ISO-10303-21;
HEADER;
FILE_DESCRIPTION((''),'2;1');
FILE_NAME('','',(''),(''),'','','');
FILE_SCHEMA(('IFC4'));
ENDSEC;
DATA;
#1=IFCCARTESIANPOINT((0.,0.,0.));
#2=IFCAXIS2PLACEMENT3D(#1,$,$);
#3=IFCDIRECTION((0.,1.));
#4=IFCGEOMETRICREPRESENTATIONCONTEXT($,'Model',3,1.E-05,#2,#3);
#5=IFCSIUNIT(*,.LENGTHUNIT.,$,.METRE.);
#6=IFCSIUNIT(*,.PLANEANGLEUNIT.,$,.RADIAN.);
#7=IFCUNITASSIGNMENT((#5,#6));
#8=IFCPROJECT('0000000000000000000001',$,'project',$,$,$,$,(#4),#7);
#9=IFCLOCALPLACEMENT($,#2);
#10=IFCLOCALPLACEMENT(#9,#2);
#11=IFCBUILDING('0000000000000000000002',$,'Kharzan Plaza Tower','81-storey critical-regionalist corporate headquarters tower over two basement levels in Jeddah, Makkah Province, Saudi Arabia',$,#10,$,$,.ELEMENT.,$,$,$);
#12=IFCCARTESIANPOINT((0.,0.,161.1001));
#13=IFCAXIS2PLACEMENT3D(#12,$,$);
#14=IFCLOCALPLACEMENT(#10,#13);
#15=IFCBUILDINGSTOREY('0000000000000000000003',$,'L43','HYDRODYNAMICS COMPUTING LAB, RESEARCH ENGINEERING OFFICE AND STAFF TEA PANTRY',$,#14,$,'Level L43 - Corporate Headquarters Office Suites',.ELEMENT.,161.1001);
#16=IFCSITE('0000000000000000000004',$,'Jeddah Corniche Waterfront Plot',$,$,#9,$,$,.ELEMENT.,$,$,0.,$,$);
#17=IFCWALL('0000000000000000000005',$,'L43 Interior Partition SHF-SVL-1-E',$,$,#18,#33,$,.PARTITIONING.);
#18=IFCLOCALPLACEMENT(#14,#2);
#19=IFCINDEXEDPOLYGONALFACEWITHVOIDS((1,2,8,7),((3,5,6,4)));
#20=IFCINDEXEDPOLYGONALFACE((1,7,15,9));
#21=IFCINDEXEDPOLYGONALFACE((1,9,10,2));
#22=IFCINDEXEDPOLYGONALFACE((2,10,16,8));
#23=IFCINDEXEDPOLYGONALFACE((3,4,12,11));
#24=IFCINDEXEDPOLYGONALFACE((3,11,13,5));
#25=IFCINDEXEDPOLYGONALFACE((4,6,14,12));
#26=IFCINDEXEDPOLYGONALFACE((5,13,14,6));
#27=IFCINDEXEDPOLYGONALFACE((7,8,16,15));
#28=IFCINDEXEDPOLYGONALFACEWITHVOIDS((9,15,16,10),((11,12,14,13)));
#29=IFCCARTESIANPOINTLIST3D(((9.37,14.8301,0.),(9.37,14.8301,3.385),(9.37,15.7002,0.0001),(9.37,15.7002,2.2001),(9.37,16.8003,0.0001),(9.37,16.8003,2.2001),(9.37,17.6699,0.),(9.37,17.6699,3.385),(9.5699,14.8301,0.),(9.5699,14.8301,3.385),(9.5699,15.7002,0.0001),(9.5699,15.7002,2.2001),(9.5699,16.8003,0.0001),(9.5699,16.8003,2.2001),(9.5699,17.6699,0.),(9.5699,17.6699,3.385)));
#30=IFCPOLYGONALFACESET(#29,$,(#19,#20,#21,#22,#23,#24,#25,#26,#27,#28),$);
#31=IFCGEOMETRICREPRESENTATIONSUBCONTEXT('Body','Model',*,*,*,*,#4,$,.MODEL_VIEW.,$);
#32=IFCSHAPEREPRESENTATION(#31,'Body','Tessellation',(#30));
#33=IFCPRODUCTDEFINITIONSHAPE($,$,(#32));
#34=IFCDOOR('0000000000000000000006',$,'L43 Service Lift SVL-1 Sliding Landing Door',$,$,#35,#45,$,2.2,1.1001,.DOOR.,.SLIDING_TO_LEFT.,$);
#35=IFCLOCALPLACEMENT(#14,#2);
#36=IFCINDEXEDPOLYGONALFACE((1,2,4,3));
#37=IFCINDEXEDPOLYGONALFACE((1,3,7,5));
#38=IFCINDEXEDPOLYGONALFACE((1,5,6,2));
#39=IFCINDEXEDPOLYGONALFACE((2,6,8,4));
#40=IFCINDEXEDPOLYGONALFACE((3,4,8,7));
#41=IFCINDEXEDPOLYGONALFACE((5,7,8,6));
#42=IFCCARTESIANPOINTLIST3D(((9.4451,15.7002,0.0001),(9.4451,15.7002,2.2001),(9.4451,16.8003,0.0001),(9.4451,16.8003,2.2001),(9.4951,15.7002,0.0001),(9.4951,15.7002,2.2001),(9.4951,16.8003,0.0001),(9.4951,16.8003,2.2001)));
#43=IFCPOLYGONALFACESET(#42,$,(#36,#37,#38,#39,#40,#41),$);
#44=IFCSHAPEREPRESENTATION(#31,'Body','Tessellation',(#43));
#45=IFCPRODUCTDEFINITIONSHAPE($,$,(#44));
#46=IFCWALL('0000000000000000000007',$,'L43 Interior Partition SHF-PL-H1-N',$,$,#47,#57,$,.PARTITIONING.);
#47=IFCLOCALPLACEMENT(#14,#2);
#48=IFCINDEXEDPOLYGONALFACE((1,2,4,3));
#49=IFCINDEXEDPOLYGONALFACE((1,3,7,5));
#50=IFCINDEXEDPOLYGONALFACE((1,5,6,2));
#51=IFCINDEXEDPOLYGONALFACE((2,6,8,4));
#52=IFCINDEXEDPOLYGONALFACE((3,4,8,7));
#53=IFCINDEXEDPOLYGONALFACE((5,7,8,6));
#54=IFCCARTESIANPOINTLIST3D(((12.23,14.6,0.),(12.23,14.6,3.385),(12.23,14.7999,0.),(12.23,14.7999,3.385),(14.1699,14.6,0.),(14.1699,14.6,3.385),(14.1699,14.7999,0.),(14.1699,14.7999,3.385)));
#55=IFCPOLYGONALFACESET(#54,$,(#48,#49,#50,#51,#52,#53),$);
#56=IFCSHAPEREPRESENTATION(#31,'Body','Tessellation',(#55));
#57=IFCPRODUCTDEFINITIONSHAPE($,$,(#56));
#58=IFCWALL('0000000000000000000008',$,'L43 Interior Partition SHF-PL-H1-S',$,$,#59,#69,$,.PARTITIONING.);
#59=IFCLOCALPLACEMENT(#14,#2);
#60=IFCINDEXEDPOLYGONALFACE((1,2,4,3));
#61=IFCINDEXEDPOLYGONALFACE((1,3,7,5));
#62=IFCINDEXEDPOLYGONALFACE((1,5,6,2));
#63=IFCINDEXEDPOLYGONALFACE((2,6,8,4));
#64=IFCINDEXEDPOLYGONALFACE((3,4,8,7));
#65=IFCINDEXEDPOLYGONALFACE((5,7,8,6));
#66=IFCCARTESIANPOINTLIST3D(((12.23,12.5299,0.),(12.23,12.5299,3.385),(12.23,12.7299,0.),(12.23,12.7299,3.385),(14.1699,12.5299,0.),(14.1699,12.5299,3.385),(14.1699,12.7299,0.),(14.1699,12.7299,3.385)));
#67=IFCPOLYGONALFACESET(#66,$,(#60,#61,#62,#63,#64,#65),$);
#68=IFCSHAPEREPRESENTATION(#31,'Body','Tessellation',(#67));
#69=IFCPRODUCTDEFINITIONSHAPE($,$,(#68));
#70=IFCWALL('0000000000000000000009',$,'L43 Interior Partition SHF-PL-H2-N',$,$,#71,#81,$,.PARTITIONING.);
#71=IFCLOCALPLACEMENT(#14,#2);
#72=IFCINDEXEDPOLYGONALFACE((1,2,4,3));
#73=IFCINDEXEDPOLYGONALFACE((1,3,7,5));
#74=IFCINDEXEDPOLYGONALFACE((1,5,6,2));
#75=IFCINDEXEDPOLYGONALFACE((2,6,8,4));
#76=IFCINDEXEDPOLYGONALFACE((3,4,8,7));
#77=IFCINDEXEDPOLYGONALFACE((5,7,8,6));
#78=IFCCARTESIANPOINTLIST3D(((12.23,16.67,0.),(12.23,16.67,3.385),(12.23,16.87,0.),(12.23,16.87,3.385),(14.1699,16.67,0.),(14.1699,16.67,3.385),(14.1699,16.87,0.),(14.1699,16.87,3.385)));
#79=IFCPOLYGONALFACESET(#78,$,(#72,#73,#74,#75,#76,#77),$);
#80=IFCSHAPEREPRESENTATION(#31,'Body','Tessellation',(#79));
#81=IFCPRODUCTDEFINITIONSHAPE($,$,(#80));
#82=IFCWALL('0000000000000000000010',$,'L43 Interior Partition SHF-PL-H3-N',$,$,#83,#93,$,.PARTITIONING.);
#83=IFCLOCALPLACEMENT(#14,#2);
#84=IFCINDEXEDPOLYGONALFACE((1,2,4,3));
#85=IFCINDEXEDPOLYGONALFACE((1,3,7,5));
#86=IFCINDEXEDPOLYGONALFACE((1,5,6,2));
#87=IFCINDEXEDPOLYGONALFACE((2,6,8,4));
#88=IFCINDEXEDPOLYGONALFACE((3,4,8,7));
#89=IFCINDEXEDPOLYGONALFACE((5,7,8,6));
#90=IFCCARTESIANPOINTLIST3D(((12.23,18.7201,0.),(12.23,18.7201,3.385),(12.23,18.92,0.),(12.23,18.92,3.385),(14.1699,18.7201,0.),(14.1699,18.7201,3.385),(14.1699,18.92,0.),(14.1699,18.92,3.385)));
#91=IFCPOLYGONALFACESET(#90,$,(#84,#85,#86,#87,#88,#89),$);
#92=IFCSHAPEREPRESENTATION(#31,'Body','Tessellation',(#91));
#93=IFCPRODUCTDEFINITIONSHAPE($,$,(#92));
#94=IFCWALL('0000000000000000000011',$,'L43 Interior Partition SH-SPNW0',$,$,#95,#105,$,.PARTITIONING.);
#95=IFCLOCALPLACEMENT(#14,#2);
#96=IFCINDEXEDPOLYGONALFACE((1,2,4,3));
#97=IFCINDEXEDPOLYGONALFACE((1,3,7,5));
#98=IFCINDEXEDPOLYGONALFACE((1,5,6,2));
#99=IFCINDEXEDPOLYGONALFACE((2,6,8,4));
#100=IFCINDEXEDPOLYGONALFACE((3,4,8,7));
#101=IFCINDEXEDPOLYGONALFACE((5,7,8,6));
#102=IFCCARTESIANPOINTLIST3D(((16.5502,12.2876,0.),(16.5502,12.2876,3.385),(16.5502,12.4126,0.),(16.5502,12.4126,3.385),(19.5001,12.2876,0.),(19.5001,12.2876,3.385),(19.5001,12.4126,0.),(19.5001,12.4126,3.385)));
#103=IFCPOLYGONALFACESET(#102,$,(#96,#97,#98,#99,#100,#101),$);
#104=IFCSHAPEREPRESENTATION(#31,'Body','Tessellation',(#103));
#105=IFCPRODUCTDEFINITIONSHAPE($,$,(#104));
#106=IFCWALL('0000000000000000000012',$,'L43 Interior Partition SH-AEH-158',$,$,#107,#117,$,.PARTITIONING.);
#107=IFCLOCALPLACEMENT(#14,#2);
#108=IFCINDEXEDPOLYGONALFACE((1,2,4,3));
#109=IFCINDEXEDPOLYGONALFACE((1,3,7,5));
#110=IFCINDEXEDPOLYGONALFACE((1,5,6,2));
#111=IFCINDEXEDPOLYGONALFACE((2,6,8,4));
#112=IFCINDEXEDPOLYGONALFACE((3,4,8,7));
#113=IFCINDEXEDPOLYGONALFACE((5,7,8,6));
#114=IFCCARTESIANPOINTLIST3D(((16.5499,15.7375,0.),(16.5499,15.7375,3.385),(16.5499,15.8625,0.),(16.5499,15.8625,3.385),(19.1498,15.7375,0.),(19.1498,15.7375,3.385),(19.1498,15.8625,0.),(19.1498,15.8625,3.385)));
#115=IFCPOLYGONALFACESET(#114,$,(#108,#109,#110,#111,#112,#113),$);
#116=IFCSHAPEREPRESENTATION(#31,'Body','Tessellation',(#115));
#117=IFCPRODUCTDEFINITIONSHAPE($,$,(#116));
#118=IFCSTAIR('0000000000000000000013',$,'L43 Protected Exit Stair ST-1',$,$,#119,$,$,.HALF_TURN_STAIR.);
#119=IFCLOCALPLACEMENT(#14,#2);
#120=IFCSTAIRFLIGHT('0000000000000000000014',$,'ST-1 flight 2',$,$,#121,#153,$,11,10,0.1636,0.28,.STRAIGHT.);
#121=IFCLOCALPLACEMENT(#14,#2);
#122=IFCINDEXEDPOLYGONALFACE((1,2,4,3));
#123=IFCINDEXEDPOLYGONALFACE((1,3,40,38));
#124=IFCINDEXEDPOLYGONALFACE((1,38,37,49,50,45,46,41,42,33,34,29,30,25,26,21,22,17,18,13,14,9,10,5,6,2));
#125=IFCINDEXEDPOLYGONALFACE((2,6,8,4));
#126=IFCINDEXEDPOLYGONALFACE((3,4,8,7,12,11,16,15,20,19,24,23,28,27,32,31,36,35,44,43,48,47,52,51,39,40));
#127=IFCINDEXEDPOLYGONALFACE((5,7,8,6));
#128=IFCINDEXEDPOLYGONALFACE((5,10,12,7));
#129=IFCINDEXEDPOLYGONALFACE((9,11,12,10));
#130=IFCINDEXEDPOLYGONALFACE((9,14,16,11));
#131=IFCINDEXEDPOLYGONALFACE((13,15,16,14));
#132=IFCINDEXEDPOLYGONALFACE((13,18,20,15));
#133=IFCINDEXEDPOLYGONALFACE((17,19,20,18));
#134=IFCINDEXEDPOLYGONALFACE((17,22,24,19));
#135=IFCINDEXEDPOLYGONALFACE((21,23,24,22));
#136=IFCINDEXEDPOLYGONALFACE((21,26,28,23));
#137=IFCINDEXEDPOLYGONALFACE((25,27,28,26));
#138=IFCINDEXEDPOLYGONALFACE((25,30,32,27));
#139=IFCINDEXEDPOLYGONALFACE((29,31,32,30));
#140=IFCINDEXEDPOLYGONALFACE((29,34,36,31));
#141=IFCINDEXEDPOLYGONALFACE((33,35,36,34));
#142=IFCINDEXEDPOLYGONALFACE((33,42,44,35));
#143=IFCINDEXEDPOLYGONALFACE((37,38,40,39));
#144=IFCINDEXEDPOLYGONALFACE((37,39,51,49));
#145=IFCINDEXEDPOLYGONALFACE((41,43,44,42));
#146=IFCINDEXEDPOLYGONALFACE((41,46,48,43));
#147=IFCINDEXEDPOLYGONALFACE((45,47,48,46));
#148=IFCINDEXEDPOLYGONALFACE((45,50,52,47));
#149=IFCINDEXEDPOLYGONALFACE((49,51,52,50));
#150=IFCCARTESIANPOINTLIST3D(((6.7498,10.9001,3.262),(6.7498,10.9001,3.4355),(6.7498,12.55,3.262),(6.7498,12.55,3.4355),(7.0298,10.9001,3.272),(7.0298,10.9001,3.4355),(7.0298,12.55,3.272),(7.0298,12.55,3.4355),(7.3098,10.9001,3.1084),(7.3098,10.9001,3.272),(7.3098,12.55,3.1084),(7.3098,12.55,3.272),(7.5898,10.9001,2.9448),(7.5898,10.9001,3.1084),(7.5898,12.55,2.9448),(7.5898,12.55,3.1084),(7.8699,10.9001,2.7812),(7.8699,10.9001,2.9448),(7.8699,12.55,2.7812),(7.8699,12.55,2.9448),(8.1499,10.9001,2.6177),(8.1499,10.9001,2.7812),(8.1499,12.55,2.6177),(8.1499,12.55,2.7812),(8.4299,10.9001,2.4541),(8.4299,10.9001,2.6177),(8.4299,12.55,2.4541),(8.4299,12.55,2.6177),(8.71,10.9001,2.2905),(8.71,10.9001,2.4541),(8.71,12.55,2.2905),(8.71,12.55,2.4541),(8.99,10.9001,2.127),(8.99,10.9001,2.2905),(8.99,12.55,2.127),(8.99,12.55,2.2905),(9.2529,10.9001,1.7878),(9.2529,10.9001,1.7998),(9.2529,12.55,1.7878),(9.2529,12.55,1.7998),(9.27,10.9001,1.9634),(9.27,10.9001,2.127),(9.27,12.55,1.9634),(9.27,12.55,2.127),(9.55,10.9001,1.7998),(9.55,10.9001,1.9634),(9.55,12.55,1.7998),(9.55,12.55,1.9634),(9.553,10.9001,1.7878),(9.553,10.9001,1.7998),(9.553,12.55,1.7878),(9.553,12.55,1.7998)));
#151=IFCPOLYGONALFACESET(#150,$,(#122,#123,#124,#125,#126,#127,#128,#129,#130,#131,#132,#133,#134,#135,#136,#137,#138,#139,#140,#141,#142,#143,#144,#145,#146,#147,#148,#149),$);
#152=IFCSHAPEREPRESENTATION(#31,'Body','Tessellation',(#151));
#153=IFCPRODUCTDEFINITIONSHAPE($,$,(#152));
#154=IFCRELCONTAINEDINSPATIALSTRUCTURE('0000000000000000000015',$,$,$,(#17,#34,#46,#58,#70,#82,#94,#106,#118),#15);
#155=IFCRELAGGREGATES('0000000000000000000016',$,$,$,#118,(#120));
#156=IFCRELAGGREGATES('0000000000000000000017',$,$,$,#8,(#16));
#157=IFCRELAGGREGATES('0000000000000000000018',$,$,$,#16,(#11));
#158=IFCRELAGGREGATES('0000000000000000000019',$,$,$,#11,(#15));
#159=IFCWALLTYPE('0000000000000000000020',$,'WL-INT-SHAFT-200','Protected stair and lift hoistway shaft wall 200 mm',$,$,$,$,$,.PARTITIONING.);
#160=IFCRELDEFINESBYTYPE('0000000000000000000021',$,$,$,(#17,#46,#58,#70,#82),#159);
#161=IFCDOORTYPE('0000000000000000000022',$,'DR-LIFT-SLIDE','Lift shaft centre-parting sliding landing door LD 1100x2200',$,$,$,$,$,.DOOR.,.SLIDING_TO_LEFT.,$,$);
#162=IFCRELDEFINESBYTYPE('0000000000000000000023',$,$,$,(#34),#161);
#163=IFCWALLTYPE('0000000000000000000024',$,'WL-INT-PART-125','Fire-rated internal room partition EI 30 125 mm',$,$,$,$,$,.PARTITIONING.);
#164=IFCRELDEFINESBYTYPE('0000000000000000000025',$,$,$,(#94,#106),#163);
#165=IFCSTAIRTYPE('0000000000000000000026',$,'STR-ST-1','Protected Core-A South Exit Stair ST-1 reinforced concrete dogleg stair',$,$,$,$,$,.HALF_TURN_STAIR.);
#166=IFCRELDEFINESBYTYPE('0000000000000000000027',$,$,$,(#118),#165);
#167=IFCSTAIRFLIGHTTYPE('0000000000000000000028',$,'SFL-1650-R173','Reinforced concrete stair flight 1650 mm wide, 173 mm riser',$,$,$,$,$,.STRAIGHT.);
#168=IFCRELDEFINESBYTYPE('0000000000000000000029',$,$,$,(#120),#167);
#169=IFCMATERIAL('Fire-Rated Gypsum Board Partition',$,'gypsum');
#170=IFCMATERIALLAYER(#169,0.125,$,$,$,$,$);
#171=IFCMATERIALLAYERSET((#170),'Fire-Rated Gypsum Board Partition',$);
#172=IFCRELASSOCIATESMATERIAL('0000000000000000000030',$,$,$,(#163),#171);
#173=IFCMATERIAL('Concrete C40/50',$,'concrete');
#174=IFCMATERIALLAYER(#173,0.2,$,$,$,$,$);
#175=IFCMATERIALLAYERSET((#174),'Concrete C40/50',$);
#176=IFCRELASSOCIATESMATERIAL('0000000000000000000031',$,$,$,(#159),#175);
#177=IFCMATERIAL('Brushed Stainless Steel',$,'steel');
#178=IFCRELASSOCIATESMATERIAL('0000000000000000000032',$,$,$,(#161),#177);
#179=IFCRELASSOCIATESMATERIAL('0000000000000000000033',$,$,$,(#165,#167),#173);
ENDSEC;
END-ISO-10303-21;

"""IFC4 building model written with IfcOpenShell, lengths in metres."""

from ifc_helpers import new_model, si_unit, direction, frame, frame_2d, origin, place, context, subcontext, project, spatial, polyline, rectangle, outline, extrude, source, transform, mapped, material, layer, layer_set, type_object, element, fill, aggregate, save


model = new_model("IFC4")

# Units and contexts
model_context = context("Model", 3, precision=1e-05, world=origin(), true_north=direction((0.0, 1.0)))
body_context = subcontext(model_context, "Body", "Model", "MODEL_VIEW")
ifc_project = project(units=[si_unit("LENGTHUNIT", "METRE"), si_unit("PLANEANGLEUNIT", "RADIAN")], contexts=[model_context])

# Site, building, storey
site_placement = place(None, origin())
site = spatial("IfcSite", under=ifc_project, at=site_placement, Name="Jeddah Corniche Waterfront Plot", CompositionType="ELEMENT", RefElevation=0.0)
building_placement = place(site_placement, origin())
building = spatial("IfcBuilding", under=site, at=building_placement, Name="Kharzan Plaza Tower", Description="81-storey critical-regionalist corporate headquarters tower over two basement levels in Jeddah, Makkah Province, Saudi Arabia", CompositionType="ELEMENT")
storey_placement = place(building_placement, frame((0.0, 0.0, 161.1001)))
storey = spatial("IfcBuildingStorey", under=building, at=storey_placement, Name="L43", Description="HYDRODYNAMICS COMPUTING LAB, RESEARCH ENGINEERING OFFICE AND STAFF TEA PANTRY", LongName="Level L43 - Corporate Headquarters Office Suites", CompositionType="ELEMENT", Elevation=161.1001)

# Wall, opening, door
ifc_material_1 = material(Name="Fire-Rated Gypsum Board Partition", Category="gypsum")
ifc_layer_1 = layer(ifc_material_1, 0.125)
ifc_layer_set_1 = layer_set([ifc_layer_1], Name="Fire-Rated Gypsum Board Partition")
wall_type_1 = type_object("IfcWallType", Name="WL-INT-PART-125", Description="Fire-rated internal room partition EI 30 125 mm", PredefinedType="PARTITIONING", material=ifc_layer_set_1)
ifc_material_2 = material(Name="Concrete C40/50", Category="concrete")
ifc_layer_2 = layer(ifc_material_2, 0.2)
ifc_layer_set_2 = layer_set([ifc_layer_2], Name="Concrete C40/50")
wall_type_2 = type_object("IfcWallType", Name="WL-INT-SHAFT-200", Description="Protected stair and lift hoistway shaft wall 200 mm", PredefinedType="PARTITIONING", material=ifc_layer_set_2)
ifc_material_3 = material(Name="Brushed Stainless Steel", Category="steel")
door_type_1 = type_object("IfcDoorType", Name="DR-LIFT-SLIDE", Description="Lift shaft centre-parting sliding landing door LD 1100x2200", OperationType="SLIDING_TO_LEFT", PredefinedType="DOOR", material=ifc_material_3)
shared_shape_1 = source(origin(), body_context, "Body", "SweptSolid", [
    extrude(rectangle(XDim=1.1001, YDim=2.2, at=frame_2d((0.55, 1.1001))), frame((0.0, 0.0249, 0.0), z_axis=(0.0, -1.0, 0.0), x_axis=(1.0, 0.0, 0.0)), (0.0, 0.0, 1.0), 0.05),
])
wall_1_placement = place(storey_placement, frame((9.47, 14.8301, 0.0), z_axis=(0.0, 0.0, 1.0), x_axis=(0.0, 1.0, 0.0)))
wall_1 = element("IfcWall", 1, at=wall_1_placement, inside=storey, type_object=wall_type_2, Name="L43 Interior Partition SHF-SVL-1-E", PredefinedType="PARTITIONING", context=body_context, shape_type="SweptSolid", body=[
    extrude(rectangle(XDim=2.8398, YDim=0.2, at=frame_2d((1.4199, 0.0))), origin(), (0.0, 0.0, 1.0), 3.385),
])
opening_1_placement = place(wall_1_placement, frame((0.8701, 0.0, 0.0)))
opening_1 = element("IfcOpeningElement", 2, at=opening_1_placement, cuts=wall_1, PredefinedType="OPENING", context=body_context, shape_type="SweptSolid", body=[
    extrude(rectangle(XDim=1.1001, YDim=2.2, at=frame_2d((0.55, 1.1001))), frame((0.0, 0.1099, 0.0), z_axis=(0.0, -1.0, 0.0), x_axis=(1.0, 0.0, 0.0)), (0.0, 0.0, 1.0), 0.22),
])
door_1_placement = place(opening_1_placement, origin())
door_1 = element("IfcDoor", 3, at=door_1_placement, inside=storey, type_object=door_type_1, Name="L43 Service Lift SVL-1 Sliding Landing Door", OperationType="SLIDING_TO_LEFT", OverallHeight=2.2, OverallWidth=1.1001, PredefinedType="DOOR", context=body_context, shape_type="MappedRepresentation", body=[
    mapped(shared_shape_1, transform((0.0, 0.0, 0.0), x_axis=(1.0, 0.0, 0.0), y_axis=(0.0, 1.0, 0.0), z_axis=(0.0, 0.0, 1.0))),
])
fill(opening_1, door_1)

# Walls
shared_shape_2 = source(origin(), body_context, "Body", "SweptSolid", [
    extrude(rectangle(XDim=1.9399, YDim=0.2, at=frame_2d((0.97, 0.0))), origin(), (0.0, 0.0, 1.0), 3.385),
])
for number, where, z_axis, x_axis, name in (
    (4, (12.23, 14.7, 0.0), (0.0, 0.0, 1.0), (1.0, 0.0, 0.0), "L43 Interior Partition SHF-PL-H1-N"),
    (5, (12.23, 12.6299, 0.0), (0.0, 0.0, 1.0), (1.0, 0.0, 0.0), "L43 Interior Partition SHF-PL-H1-S"),
    (6, (12.23, 16.77, 0.0), (0.0, 0.0, 1.0), (1.0, 0.0, 0.0), "L43 Interior Partition SHF-PL-H2-N"),
    (7, (12.23, 18.8201, 0.0), (0.0, 0.0, 1.0), (1.0, 0.0, 0.0), "L43 Interior Partition SHF-PL-H3-N"),
):
    element("IfcWall", number, at=place(storey_placement, frame(where, z_axis=z_axis, x_axis=x_axis)), inside=storey, type_object=wall_type_2, Name=name, PredefinedType="PARTITIONING", context=body_context, shape_type="MappedRepresentation", body=[
        mapped(shared_shape_2, transform((0.0, 0.0, 0.0), x_axis=(1.0, 0.0, 0.0), y_axis=(0.0, 1.0, 0.0), z_axis=(0.0, 0.0, 1.0))),
    ])
shared_shape_3 = source(origin(), body_context, "Body", "SweptSolid", [
    extrude(rectangle(XDim=2.95, YDim=0.125, at=frame_2d((1.4751, 0.0))), origin(), (0.0, 0.0, 1.0), 3.385),
])
wall_2_placement = place(storey_placement, frame((16.55, 12.3501, 0.0), z_axis=(0.0, 0.0, 1.0), x_axis=(1.0, 0.0, 0.0)))
element("IfcWall", 8, at=wall_2_placement, inside=storey, type_object=wall_type_1, Name="L43 Interior Partition SH-SPNW0", PredefinedType="PARTITIONING", context=body_context, shape_type="MappedRepresentation", body=[
    mapped(shared_shape_3, transform((0.0, 0.0, 0.0), x_axis=(1.0, 0.0, 0.0), y_axis=(0.0, 1.0, 0.0), z_axis=(0.0, 0.0, 1.0))),
])
shared_shape_4 = source(origin(), body_context, "Body", "SweptSolid", [
    extrude(rectangle(XDim=2.5999, YDim=0.125, at=frame_2d((1.2998, 0.0))), origin(), (0.0, 0.0, 1.0), 3.385),
])
wall_3_placement = place(storey_placement, frame((16.55, 15.8, 0.0), z_axis=(0.0, 0.0, 1.0), x_axis=(1.0, 0.0, 0.0)))
element("IfcWall", 9, at=wall_3_placement, inside=storey, type_object=wall_type_1, Name="L43 Interior Partition SH-AEH-158", PredefinedType="PARTITIONING", context=body_context, shape_type="MappedRepresentation", body=[
    mapped(shared_shape_4, transform((0.0, 0.0, 0.0), x_axis=(1.0, 0.0, 0.0), y_axis=(0.0, 1.0, 0.0), z_axis=(0.0, 0.0, 1.0))),
])

# Stair, stair flight
stair_type = type_object("IfcStairType", Name="STR-ST-1", Description="Protected Core-A South Exit Stair ST-1 reinforced concrete dogleg stair", PredefinedType="HALF_TURN_STAIR", material=ifc_material_2)
stair_placement = place(storey_placement, origin())
stair = element("IfcStair", 10, at=stair_placement, inside=storey, type_object=stair_type, Name="L43 Protected Exit Stair ST-1", PredefinedType="HALF_TURN_STAIR")
stair_flight_type = type_object("IfcStairFlightType", Name="SFL-1650-R173", Description="Reinforced concrete stair flight 1650 mm wide, 173 mm riser", PredefinedType="STRAIGHT", material=ifc_material_2)
shared_shape_5 = source(origin(), body_context, "Body", "SweptSolid", [
    extrude(outline(polyline([(-0.0029, -0.012), (-0.0029, 0.0), (0.0, 0.0), (0.0, 0.1636), (0.28, 0.1636), (0.28, 0.3271), (0.5601, 0.3271), (0.5601, 0.4907), (0.8401, 0.4907), (0.8401, 0.6543), (1.1201, 0.6543), (1.1201, 0.8179), (1.4001, 0.8179), (1.4001, 0.9814), (1.6802, 0.9814), (1.6802, 1.145), (1.9602, 1.145), (1.9602, 1.3086), (2.2402, 1.3086), (2.2402, 1.4722), (2.5203, 1.4722), (2.5203, 1.6357), (2.8003, 1.6357), (2.8003, 1.7993), (2.8003, 1.4622), (0.2971, 0.0), (0.2971, -0.012), (-0.0029, -0.012)])), frame((0.0, 0.825, 0.0), z_axis=(0.0, -1.0, 0.0), x_axis=(1.0, 0.0, 0.0)), (0.0, 0.0, 1.0), 1.6499),
])
stair_flight_placement = place(storey_placement, frame((9.55, 11.7251, 1.7998), z_axis=(0.0, 0.0, 1.0), x_axis=(-1.0, 0.0, 0.0)))
stair_flight = element("IfcStairFlight", 11, at=stair_flight_placement, type_object=stair_flight_type, Name="ST-1 flight 2", NumberOfRisers=11, NumberOfTreads=10, PredefinedType="STRAIGHT", RiserHeight=0.1636, TreadLength=0.28, context=body_context, shape_type="MappedRepresentation", body=[
    mapped(shared_shape_5, transform((0.0, 0.0, 0.0), x_axis=(1.0, 0.0, 0.0), y_axis=(0.0, 1.0, 0.0), z_axis=(0.0, 0.0, 1.0))),
])
aggregate(stair, [stair_flight])

save(model, "model.ifc")
